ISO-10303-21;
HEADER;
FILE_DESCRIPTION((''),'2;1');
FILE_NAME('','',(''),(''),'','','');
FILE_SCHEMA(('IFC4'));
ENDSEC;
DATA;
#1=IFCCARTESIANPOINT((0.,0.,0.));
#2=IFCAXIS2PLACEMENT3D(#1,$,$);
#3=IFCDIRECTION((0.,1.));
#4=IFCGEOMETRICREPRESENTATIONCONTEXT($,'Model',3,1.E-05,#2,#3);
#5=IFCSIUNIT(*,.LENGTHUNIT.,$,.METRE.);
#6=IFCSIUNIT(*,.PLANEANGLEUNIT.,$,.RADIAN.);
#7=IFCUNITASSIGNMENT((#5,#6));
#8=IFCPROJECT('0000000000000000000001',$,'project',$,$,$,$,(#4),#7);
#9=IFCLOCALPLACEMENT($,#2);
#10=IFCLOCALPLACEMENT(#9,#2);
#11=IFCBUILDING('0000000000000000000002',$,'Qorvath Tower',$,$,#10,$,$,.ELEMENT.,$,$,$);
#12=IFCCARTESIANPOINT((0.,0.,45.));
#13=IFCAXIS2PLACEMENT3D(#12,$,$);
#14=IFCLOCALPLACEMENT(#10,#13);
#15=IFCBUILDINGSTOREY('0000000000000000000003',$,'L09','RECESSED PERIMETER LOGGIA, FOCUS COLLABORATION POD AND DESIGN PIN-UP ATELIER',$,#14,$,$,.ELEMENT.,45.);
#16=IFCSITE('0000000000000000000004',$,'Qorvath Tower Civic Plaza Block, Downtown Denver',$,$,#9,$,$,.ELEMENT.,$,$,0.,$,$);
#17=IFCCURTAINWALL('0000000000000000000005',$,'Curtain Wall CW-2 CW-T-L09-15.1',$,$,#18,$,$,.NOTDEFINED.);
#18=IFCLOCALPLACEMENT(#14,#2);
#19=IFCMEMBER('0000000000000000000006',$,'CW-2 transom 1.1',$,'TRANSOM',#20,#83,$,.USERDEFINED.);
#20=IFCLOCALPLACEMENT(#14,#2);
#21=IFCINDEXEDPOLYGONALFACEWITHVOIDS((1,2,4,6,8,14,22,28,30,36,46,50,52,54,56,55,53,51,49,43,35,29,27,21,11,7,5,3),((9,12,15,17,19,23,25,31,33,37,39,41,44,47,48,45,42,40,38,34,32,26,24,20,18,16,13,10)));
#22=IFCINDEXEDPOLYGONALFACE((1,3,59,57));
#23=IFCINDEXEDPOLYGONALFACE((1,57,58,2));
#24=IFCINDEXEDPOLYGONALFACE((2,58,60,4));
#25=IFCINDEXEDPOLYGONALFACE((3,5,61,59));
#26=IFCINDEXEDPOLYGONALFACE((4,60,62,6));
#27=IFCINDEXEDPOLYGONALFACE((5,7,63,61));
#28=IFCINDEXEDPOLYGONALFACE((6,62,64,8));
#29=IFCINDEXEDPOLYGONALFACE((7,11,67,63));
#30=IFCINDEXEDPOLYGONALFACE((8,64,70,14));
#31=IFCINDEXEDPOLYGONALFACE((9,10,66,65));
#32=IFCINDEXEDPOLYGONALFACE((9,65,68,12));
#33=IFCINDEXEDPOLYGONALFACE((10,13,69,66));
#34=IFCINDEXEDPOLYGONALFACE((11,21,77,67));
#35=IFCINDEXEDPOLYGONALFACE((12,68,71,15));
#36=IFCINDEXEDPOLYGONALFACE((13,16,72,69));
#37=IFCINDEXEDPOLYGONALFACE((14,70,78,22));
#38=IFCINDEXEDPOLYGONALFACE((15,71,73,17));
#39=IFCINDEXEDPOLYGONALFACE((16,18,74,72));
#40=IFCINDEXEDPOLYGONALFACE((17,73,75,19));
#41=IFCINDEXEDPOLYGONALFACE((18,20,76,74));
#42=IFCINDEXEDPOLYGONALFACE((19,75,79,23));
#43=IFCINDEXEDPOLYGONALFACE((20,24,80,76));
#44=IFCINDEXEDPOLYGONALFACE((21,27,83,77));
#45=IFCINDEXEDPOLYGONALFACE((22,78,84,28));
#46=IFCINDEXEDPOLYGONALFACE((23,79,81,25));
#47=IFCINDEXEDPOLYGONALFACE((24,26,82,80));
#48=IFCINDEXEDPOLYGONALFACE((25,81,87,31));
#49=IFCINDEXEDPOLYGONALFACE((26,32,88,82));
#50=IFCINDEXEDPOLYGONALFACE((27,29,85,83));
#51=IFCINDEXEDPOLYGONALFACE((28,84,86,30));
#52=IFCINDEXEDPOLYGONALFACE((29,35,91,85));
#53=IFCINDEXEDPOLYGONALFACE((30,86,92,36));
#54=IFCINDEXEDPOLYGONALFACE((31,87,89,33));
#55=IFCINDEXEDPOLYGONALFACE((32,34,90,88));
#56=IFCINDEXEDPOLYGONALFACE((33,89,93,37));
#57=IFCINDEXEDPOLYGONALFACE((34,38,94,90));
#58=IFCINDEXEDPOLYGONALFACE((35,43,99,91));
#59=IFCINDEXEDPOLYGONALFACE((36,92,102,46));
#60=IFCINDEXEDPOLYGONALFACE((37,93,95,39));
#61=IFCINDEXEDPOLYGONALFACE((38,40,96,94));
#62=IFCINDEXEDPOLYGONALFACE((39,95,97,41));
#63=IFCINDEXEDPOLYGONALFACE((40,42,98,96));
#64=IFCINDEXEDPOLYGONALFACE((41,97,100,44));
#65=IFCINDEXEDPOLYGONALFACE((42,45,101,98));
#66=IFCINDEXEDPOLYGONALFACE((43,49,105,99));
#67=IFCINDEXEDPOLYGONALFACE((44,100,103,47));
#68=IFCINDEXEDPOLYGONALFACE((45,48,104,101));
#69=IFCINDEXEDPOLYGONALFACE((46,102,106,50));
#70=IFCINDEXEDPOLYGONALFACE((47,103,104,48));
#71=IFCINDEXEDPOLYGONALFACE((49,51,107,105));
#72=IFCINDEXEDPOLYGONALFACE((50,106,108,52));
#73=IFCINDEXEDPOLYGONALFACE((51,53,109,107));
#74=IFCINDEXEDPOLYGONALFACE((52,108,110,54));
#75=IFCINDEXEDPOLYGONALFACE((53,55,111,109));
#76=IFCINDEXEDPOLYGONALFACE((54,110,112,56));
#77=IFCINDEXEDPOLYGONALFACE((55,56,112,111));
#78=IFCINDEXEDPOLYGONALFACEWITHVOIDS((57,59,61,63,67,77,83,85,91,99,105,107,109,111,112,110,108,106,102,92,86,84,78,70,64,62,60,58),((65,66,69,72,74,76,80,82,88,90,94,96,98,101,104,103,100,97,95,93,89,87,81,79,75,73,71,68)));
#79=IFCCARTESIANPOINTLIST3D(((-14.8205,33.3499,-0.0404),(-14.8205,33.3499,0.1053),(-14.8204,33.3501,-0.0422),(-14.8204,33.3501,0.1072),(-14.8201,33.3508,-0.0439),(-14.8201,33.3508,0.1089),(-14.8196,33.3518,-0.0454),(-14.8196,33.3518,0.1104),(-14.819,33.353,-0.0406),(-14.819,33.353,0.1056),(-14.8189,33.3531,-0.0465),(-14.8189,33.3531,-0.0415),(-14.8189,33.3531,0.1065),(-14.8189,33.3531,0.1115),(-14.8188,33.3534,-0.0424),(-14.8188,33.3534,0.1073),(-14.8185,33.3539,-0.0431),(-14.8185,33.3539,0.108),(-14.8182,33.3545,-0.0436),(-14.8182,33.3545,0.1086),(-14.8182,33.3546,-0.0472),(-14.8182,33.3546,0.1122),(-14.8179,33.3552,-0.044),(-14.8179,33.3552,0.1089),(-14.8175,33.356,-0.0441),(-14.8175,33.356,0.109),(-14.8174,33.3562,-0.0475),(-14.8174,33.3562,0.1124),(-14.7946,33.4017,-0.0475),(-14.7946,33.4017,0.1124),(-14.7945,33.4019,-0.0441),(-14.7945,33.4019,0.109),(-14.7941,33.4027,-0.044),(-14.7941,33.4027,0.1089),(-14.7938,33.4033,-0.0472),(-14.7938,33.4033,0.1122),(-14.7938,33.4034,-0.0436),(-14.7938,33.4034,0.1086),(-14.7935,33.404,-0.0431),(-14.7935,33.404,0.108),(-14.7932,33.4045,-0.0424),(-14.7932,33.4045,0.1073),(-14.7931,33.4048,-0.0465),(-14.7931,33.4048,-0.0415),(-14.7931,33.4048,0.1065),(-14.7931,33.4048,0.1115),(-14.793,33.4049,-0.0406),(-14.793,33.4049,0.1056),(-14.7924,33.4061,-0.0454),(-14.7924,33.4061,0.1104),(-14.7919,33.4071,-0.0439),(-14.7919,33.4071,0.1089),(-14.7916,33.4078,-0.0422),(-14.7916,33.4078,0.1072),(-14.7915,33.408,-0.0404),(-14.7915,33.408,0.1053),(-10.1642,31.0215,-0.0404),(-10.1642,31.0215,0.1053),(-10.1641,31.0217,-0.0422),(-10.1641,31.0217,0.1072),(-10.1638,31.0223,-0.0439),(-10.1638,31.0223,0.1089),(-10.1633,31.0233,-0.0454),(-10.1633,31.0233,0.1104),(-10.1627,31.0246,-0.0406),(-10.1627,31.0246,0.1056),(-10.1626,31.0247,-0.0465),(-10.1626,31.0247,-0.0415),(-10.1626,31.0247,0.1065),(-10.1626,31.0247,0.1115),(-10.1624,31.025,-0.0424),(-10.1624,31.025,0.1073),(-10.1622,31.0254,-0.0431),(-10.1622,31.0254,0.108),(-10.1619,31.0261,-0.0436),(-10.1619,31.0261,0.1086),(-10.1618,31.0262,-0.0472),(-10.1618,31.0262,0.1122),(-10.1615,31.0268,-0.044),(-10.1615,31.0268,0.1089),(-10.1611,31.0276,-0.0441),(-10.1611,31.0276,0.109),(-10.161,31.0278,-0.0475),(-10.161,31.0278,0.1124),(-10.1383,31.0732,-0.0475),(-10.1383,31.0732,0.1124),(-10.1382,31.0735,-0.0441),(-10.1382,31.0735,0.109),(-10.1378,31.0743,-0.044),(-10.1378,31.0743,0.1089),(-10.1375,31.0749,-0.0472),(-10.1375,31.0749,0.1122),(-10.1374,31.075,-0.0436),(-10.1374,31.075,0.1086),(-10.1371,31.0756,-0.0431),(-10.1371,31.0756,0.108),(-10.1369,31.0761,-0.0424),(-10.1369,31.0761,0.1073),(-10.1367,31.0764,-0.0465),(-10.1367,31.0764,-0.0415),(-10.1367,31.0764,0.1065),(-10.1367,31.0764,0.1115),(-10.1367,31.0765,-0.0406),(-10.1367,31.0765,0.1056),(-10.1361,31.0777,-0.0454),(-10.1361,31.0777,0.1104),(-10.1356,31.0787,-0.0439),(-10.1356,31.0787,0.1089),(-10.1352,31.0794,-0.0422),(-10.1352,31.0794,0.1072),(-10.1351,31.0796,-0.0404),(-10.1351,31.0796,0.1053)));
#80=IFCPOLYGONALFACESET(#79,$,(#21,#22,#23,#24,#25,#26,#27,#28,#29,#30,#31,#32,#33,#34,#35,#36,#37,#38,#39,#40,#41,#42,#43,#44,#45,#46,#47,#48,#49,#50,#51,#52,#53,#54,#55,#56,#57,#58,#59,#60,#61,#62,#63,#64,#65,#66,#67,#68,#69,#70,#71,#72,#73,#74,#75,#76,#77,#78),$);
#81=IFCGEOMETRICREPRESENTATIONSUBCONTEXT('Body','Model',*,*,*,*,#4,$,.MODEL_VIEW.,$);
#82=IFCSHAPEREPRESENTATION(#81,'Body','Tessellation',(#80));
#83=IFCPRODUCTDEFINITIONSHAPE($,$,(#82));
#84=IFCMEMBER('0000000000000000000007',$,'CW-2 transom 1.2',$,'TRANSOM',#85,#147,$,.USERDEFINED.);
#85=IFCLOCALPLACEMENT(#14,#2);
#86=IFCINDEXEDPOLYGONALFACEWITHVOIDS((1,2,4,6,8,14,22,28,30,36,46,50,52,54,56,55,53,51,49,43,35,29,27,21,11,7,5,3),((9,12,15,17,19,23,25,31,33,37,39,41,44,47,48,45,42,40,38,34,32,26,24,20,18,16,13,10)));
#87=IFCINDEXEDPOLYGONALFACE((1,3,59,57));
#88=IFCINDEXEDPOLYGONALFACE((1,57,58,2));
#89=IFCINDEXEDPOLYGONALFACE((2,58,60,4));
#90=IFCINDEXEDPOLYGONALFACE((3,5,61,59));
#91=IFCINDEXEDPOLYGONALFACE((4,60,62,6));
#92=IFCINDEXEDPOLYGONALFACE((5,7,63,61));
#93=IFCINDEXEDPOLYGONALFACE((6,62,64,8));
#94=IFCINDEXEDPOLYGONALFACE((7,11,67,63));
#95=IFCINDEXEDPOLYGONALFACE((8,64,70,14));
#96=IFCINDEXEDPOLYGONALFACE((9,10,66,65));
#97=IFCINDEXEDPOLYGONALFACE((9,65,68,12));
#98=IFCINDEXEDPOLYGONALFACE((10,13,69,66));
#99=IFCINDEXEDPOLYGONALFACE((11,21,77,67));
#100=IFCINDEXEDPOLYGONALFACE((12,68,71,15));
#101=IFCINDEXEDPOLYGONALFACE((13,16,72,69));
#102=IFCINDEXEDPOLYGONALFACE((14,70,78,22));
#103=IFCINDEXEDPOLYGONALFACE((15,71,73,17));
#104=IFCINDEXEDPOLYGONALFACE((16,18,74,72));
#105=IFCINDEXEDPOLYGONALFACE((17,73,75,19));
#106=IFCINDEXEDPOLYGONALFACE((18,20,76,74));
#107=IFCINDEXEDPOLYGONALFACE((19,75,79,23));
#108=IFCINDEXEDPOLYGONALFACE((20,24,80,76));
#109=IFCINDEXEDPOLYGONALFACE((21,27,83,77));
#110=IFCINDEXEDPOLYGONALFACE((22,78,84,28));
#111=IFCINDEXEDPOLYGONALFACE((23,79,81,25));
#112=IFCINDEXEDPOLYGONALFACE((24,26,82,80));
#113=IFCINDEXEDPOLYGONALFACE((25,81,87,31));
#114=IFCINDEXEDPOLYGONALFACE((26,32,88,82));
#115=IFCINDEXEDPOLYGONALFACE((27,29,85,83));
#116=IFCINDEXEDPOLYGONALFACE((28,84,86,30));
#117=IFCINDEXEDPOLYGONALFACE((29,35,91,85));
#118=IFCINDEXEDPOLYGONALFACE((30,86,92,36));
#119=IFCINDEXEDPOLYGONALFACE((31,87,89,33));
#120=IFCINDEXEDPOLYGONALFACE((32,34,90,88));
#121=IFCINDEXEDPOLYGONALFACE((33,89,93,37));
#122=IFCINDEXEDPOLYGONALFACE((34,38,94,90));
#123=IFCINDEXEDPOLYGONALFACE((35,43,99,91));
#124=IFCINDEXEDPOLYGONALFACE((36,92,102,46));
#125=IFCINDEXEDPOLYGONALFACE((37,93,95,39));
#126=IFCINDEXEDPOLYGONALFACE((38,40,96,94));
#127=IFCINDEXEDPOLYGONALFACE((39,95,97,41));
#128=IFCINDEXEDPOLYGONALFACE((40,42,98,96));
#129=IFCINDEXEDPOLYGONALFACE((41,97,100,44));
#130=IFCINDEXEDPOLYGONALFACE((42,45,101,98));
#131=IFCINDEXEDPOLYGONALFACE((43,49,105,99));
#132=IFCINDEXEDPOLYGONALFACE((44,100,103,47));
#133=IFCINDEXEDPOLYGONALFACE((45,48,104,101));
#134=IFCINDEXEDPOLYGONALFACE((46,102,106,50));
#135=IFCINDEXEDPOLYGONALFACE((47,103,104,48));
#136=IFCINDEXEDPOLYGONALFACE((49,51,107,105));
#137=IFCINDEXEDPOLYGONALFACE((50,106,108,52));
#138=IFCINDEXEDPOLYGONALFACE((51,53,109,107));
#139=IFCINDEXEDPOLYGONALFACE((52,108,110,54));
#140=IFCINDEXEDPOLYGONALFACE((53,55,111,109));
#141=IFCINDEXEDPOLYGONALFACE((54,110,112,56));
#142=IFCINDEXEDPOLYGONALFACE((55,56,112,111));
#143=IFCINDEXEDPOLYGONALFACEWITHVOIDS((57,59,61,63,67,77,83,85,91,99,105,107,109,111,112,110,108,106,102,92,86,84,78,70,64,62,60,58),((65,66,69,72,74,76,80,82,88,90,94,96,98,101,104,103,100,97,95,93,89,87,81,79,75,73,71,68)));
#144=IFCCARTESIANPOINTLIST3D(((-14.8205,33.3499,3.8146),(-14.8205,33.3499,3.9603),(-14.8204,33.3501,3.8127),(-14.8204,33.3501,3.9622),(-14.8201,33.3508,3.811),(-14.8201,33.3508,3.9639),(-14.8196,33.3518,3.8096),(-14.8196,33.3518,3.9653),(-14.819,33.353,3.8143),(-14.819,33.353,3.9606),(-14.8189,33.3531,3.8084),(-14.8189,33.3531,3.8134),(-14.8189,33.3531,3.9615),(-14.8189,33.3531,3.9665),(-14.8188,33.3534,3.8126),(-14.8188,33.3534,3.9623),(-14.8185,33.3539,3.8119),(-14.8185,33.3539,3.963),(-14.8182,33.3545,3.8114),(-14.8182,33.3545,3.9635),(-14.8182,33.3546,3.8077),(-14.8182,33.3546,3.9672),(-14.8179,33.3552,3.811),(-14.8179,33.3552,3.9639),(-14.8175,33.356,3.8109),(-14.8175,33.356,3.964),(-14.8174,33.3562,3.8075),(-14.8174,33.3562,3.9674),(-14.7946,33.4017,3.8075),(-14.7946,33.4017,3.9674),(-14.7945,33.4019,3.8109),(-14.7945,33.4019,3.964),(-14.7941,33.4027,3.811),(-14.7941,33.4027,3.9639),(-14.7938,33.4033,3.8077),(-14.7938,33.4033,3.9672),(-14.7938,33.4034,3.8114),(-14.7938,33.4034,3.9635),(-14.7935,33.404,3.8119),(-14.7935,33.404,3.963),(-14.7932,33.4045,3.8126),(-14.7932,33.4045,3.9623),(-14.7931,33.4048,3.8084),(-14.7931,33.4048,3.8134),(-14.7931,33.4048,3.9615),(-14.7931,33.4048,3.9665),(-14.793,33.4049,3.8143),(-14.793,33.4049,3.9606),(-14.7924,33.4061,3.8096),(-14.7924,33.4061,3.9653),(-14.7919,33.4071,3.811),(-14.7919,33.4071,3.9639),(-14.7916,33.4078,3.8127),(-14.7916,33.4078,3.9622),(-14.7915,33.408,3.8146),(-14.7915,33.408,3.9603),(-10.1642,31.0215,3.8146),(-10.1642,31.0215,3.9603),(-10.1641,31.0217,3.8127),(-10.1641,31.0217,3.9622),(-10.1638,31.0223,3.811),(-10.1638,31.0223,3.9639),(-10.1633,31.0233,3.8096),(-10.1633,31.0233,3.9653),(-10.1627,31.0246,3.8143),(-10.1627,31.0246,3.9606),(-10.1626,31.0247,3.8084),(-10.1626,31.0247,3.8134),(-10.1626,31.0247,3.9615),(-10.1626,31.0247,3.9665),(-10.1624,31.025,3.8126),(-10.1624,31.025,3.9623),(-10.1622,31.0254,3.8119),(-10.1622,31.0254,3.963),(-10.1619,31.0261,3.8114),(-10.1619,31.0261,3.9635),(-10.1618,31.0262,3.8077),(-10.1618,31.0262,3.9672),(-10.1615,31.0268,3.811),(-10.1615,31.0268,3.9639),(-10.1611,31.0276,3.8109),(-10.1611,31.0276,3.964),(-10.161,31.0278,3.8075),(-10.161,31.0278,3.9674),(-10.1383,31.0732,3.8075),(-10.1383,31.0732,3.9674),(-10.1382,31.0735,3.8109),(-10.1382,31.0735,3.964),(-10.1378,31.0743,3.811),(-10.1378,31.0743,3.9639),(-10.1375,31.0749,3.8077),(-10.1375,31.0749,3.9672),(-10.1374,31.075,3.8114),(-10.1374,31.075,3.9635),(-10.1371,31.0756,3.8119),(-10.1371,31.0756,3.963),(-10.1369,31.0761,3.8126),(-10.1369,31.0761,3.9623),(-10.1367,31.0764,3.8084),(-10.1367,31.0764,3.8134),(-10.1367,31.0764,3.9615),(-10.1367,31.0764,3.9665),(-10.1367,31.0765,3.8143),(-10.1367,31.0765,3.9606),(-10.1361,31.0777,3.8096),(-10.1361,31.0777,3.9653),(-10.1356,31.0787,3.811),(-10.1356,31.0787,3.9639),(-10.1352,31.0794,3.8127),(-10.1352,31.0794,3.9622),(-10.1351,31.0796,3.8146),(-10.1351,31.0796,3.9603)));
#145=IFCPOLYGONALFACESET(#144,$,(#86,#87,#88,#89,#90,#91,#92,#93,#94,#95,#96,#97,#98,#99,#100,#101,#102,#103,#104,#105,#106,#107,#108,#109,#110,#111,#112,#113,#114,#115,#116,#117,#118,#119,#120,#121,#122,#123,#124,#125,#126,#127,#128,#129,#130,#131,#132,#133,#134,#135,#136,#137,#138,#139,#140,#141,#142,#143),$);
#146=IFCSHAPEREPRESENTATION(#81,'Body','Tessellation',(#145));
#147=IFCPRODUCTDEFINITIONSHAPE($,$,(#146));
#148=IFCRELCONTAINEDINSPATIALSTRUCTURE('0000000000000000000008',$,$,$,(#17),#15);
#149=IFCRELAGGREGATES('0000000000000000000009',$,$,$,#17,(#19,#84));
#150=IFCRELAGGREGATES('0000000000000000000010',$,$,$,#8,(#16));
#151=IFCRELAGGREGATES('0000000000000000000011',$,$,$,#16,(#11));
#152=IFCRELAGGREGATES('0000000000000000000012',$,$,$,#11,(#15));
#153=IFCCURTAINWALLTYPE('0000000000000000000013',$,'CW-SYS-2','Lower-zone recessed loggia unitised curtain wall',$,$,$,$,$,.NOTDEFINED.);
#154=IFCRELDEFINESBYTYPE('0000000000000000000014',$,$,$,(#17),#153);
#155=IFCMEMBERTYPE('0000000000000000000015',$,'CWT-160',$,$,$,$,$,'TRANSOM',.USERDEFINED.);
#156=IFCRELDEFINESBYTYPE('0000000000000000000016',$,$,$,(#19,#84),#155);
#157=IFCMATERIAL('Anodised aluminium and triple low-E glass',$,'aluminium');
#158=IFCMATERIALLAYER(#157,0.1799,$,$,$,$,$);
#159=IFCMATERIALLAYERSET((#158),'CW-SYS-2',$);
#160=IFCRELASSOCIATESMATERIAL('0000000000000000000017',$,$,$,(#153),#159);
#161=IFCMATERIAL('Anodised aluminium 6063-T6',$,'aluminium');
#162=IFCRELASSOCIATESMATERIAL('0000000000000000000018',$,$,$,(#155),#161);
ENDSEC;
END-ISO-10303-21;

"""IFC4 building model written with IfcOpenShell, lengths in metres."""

from ifc_helpers import new_model, si_unit, direction, frame, origin, origin_2d, place, context, subcontext, project, spatial, hollow_rectangle, extrude, material, layer, layer_set, material_profile, profile_set, type_object, element, aggregate, save


model = new_model("IFC4")

# Units and contexts
model_context = context("Model", 3, precision=1e-05, world=origin(), true_north=direction((0.0, 1.0)))
body_context = subcontext(model_context, "Body", "Model", "MODEL_VIEW")
ifc_project = project(units=[si_unit("LENGTHUNIT", "METRE"), si_unit("PLANEANGLEUNIT", "RADIAN")], contexts=[model_context])

# Site, building, storey
site_placement = place(None, origin())
site = spatial("IfcSite", under=ifc_project, at=site_placement, Name="Qorvath Tower Civic Plaza Block, Downtown Denver", CompositionType="ELEMENT", RefElevation=0.0)
building_placement = place(site_placement, origin())
building = spatial("IfcBuilding", under=site, at=building_placement, Name="Qorvath Tower", CompositionType="ELEMENT")
storey_placement = place(building_placement, frame((0.0, 0.0, 45.0)))
storey = spatial("IfcBuildingStorey", under=building, at=storey_placement, Name="L09", Description="RECESSED PERIMETER LOGGIA, FOCUS COLLABORATION POD AND DESIGN PIN-UP ATELIER", CompositionType="ELEMENT", Elevation=45.0)

# Shared definitions
ifc_material_1 = material(Name="Anodised aluminium and triple low-E glass", Category="aluminium")
ifc_layer_1 = layer(ifc_material_1, 0.1799)
ifc_layer_set_1 = layer_set([ifc_layer_1], Name="CW-SYS-2")
curtain_wall_type = type_object("IfcCurtainWallType", Name="CW-SYS-2", Description="Lower-zone recessed loggia unitised curtain wall", PredefinedType="NOTDEFINED", material=ifc_layer_set_1)

# Curtain wall
curtain_wall_1_placement = place(storey_placement, origin())
curtain_wall_1 = element("IfcCurtainWall", 1, at=curtain_wall_1_placement, inside=storey, type_object=curtain_wall_type, Name="Curtain Wall CW-2 CW-T-L09-15.1", PredefinedType="NOTDEFINED")

# Members
ifc_material_2 = material(Name="Anodised aluminium 6063-T6", Category="aluminium")
ifc_material_profile_1 = material_profile(ifc_material_2, hollow_rectangle(XDim=0.0649, YDim=0.1599, WallThickness=0.0034, InnerFilletRadius=0.0034, OuterFilletRadius=0.0071, at=origin_2d()), Name="CWT 160x65")
ifc_profile_set_1 = profile_set([ifc_material_profile_1], Name="Anodised aluminium 6063-T6")
member_type_1 = type_object("IfcMemberType", Name="CWT-160", ElementType="TRANSOM", PredefinedType="USERDEFINED", material=ifc_profile_set_1)
member_1_placement = place(storey_placement, frame((-10.1497, 31.0505, 0.0325), z_axis=(-0.894408, 0.447251, 0.0), x_axis=(-0.447251, -0.894408, 0.0)))
member_1 = element("IfcMember", 2, at=member_1_placement, type_object=member_type_1, Name="CW-2 transom 1.1", ObjectType="TRANSOM", PredefinedType="USERDEFINED", context=body_context, shape_type="SweptSolid", body=[
    extrude(hollow_rectangle(XDim=0.0649, YDim=0.1599, WallThickness=0.0034, InnerFilletRadius=0.0034, OuterFilletRadius=0.0071, at=origin_2d()), origin(), (0.0, 0.0, 1.0), 5.2061),
])
member_2_placement = place(storey_placement, frame((-10.1497, 31.0505, 3.8875), z_axis=(-0.894408, 0.447251, 0.0), x_axis=(-0.447251, -0.894408, 0.0)))
member_2 = element("IfcMember", 3, at=member_2_placement, type_object=member_type_1, Name="CW-2 transom 1.2", ObjectType="TRANSOM", PredefinedType="USERDEFINED", context=body_context, shape_type="SweptSolid", body=[
    extrude(hollow_rectangle(XDim=0.0649, YDim=0.1599, WallThickness=0.0034, InnerFilletRadius=0.0034, OuterFilletRadius=0.0071, at=origin_2d()), origin(), (0.0, 0.0, 1.0), 5.2061),
])

aggregate(curtain_wall_1, [member_1, member_2])

save(model, "model.ifc")
